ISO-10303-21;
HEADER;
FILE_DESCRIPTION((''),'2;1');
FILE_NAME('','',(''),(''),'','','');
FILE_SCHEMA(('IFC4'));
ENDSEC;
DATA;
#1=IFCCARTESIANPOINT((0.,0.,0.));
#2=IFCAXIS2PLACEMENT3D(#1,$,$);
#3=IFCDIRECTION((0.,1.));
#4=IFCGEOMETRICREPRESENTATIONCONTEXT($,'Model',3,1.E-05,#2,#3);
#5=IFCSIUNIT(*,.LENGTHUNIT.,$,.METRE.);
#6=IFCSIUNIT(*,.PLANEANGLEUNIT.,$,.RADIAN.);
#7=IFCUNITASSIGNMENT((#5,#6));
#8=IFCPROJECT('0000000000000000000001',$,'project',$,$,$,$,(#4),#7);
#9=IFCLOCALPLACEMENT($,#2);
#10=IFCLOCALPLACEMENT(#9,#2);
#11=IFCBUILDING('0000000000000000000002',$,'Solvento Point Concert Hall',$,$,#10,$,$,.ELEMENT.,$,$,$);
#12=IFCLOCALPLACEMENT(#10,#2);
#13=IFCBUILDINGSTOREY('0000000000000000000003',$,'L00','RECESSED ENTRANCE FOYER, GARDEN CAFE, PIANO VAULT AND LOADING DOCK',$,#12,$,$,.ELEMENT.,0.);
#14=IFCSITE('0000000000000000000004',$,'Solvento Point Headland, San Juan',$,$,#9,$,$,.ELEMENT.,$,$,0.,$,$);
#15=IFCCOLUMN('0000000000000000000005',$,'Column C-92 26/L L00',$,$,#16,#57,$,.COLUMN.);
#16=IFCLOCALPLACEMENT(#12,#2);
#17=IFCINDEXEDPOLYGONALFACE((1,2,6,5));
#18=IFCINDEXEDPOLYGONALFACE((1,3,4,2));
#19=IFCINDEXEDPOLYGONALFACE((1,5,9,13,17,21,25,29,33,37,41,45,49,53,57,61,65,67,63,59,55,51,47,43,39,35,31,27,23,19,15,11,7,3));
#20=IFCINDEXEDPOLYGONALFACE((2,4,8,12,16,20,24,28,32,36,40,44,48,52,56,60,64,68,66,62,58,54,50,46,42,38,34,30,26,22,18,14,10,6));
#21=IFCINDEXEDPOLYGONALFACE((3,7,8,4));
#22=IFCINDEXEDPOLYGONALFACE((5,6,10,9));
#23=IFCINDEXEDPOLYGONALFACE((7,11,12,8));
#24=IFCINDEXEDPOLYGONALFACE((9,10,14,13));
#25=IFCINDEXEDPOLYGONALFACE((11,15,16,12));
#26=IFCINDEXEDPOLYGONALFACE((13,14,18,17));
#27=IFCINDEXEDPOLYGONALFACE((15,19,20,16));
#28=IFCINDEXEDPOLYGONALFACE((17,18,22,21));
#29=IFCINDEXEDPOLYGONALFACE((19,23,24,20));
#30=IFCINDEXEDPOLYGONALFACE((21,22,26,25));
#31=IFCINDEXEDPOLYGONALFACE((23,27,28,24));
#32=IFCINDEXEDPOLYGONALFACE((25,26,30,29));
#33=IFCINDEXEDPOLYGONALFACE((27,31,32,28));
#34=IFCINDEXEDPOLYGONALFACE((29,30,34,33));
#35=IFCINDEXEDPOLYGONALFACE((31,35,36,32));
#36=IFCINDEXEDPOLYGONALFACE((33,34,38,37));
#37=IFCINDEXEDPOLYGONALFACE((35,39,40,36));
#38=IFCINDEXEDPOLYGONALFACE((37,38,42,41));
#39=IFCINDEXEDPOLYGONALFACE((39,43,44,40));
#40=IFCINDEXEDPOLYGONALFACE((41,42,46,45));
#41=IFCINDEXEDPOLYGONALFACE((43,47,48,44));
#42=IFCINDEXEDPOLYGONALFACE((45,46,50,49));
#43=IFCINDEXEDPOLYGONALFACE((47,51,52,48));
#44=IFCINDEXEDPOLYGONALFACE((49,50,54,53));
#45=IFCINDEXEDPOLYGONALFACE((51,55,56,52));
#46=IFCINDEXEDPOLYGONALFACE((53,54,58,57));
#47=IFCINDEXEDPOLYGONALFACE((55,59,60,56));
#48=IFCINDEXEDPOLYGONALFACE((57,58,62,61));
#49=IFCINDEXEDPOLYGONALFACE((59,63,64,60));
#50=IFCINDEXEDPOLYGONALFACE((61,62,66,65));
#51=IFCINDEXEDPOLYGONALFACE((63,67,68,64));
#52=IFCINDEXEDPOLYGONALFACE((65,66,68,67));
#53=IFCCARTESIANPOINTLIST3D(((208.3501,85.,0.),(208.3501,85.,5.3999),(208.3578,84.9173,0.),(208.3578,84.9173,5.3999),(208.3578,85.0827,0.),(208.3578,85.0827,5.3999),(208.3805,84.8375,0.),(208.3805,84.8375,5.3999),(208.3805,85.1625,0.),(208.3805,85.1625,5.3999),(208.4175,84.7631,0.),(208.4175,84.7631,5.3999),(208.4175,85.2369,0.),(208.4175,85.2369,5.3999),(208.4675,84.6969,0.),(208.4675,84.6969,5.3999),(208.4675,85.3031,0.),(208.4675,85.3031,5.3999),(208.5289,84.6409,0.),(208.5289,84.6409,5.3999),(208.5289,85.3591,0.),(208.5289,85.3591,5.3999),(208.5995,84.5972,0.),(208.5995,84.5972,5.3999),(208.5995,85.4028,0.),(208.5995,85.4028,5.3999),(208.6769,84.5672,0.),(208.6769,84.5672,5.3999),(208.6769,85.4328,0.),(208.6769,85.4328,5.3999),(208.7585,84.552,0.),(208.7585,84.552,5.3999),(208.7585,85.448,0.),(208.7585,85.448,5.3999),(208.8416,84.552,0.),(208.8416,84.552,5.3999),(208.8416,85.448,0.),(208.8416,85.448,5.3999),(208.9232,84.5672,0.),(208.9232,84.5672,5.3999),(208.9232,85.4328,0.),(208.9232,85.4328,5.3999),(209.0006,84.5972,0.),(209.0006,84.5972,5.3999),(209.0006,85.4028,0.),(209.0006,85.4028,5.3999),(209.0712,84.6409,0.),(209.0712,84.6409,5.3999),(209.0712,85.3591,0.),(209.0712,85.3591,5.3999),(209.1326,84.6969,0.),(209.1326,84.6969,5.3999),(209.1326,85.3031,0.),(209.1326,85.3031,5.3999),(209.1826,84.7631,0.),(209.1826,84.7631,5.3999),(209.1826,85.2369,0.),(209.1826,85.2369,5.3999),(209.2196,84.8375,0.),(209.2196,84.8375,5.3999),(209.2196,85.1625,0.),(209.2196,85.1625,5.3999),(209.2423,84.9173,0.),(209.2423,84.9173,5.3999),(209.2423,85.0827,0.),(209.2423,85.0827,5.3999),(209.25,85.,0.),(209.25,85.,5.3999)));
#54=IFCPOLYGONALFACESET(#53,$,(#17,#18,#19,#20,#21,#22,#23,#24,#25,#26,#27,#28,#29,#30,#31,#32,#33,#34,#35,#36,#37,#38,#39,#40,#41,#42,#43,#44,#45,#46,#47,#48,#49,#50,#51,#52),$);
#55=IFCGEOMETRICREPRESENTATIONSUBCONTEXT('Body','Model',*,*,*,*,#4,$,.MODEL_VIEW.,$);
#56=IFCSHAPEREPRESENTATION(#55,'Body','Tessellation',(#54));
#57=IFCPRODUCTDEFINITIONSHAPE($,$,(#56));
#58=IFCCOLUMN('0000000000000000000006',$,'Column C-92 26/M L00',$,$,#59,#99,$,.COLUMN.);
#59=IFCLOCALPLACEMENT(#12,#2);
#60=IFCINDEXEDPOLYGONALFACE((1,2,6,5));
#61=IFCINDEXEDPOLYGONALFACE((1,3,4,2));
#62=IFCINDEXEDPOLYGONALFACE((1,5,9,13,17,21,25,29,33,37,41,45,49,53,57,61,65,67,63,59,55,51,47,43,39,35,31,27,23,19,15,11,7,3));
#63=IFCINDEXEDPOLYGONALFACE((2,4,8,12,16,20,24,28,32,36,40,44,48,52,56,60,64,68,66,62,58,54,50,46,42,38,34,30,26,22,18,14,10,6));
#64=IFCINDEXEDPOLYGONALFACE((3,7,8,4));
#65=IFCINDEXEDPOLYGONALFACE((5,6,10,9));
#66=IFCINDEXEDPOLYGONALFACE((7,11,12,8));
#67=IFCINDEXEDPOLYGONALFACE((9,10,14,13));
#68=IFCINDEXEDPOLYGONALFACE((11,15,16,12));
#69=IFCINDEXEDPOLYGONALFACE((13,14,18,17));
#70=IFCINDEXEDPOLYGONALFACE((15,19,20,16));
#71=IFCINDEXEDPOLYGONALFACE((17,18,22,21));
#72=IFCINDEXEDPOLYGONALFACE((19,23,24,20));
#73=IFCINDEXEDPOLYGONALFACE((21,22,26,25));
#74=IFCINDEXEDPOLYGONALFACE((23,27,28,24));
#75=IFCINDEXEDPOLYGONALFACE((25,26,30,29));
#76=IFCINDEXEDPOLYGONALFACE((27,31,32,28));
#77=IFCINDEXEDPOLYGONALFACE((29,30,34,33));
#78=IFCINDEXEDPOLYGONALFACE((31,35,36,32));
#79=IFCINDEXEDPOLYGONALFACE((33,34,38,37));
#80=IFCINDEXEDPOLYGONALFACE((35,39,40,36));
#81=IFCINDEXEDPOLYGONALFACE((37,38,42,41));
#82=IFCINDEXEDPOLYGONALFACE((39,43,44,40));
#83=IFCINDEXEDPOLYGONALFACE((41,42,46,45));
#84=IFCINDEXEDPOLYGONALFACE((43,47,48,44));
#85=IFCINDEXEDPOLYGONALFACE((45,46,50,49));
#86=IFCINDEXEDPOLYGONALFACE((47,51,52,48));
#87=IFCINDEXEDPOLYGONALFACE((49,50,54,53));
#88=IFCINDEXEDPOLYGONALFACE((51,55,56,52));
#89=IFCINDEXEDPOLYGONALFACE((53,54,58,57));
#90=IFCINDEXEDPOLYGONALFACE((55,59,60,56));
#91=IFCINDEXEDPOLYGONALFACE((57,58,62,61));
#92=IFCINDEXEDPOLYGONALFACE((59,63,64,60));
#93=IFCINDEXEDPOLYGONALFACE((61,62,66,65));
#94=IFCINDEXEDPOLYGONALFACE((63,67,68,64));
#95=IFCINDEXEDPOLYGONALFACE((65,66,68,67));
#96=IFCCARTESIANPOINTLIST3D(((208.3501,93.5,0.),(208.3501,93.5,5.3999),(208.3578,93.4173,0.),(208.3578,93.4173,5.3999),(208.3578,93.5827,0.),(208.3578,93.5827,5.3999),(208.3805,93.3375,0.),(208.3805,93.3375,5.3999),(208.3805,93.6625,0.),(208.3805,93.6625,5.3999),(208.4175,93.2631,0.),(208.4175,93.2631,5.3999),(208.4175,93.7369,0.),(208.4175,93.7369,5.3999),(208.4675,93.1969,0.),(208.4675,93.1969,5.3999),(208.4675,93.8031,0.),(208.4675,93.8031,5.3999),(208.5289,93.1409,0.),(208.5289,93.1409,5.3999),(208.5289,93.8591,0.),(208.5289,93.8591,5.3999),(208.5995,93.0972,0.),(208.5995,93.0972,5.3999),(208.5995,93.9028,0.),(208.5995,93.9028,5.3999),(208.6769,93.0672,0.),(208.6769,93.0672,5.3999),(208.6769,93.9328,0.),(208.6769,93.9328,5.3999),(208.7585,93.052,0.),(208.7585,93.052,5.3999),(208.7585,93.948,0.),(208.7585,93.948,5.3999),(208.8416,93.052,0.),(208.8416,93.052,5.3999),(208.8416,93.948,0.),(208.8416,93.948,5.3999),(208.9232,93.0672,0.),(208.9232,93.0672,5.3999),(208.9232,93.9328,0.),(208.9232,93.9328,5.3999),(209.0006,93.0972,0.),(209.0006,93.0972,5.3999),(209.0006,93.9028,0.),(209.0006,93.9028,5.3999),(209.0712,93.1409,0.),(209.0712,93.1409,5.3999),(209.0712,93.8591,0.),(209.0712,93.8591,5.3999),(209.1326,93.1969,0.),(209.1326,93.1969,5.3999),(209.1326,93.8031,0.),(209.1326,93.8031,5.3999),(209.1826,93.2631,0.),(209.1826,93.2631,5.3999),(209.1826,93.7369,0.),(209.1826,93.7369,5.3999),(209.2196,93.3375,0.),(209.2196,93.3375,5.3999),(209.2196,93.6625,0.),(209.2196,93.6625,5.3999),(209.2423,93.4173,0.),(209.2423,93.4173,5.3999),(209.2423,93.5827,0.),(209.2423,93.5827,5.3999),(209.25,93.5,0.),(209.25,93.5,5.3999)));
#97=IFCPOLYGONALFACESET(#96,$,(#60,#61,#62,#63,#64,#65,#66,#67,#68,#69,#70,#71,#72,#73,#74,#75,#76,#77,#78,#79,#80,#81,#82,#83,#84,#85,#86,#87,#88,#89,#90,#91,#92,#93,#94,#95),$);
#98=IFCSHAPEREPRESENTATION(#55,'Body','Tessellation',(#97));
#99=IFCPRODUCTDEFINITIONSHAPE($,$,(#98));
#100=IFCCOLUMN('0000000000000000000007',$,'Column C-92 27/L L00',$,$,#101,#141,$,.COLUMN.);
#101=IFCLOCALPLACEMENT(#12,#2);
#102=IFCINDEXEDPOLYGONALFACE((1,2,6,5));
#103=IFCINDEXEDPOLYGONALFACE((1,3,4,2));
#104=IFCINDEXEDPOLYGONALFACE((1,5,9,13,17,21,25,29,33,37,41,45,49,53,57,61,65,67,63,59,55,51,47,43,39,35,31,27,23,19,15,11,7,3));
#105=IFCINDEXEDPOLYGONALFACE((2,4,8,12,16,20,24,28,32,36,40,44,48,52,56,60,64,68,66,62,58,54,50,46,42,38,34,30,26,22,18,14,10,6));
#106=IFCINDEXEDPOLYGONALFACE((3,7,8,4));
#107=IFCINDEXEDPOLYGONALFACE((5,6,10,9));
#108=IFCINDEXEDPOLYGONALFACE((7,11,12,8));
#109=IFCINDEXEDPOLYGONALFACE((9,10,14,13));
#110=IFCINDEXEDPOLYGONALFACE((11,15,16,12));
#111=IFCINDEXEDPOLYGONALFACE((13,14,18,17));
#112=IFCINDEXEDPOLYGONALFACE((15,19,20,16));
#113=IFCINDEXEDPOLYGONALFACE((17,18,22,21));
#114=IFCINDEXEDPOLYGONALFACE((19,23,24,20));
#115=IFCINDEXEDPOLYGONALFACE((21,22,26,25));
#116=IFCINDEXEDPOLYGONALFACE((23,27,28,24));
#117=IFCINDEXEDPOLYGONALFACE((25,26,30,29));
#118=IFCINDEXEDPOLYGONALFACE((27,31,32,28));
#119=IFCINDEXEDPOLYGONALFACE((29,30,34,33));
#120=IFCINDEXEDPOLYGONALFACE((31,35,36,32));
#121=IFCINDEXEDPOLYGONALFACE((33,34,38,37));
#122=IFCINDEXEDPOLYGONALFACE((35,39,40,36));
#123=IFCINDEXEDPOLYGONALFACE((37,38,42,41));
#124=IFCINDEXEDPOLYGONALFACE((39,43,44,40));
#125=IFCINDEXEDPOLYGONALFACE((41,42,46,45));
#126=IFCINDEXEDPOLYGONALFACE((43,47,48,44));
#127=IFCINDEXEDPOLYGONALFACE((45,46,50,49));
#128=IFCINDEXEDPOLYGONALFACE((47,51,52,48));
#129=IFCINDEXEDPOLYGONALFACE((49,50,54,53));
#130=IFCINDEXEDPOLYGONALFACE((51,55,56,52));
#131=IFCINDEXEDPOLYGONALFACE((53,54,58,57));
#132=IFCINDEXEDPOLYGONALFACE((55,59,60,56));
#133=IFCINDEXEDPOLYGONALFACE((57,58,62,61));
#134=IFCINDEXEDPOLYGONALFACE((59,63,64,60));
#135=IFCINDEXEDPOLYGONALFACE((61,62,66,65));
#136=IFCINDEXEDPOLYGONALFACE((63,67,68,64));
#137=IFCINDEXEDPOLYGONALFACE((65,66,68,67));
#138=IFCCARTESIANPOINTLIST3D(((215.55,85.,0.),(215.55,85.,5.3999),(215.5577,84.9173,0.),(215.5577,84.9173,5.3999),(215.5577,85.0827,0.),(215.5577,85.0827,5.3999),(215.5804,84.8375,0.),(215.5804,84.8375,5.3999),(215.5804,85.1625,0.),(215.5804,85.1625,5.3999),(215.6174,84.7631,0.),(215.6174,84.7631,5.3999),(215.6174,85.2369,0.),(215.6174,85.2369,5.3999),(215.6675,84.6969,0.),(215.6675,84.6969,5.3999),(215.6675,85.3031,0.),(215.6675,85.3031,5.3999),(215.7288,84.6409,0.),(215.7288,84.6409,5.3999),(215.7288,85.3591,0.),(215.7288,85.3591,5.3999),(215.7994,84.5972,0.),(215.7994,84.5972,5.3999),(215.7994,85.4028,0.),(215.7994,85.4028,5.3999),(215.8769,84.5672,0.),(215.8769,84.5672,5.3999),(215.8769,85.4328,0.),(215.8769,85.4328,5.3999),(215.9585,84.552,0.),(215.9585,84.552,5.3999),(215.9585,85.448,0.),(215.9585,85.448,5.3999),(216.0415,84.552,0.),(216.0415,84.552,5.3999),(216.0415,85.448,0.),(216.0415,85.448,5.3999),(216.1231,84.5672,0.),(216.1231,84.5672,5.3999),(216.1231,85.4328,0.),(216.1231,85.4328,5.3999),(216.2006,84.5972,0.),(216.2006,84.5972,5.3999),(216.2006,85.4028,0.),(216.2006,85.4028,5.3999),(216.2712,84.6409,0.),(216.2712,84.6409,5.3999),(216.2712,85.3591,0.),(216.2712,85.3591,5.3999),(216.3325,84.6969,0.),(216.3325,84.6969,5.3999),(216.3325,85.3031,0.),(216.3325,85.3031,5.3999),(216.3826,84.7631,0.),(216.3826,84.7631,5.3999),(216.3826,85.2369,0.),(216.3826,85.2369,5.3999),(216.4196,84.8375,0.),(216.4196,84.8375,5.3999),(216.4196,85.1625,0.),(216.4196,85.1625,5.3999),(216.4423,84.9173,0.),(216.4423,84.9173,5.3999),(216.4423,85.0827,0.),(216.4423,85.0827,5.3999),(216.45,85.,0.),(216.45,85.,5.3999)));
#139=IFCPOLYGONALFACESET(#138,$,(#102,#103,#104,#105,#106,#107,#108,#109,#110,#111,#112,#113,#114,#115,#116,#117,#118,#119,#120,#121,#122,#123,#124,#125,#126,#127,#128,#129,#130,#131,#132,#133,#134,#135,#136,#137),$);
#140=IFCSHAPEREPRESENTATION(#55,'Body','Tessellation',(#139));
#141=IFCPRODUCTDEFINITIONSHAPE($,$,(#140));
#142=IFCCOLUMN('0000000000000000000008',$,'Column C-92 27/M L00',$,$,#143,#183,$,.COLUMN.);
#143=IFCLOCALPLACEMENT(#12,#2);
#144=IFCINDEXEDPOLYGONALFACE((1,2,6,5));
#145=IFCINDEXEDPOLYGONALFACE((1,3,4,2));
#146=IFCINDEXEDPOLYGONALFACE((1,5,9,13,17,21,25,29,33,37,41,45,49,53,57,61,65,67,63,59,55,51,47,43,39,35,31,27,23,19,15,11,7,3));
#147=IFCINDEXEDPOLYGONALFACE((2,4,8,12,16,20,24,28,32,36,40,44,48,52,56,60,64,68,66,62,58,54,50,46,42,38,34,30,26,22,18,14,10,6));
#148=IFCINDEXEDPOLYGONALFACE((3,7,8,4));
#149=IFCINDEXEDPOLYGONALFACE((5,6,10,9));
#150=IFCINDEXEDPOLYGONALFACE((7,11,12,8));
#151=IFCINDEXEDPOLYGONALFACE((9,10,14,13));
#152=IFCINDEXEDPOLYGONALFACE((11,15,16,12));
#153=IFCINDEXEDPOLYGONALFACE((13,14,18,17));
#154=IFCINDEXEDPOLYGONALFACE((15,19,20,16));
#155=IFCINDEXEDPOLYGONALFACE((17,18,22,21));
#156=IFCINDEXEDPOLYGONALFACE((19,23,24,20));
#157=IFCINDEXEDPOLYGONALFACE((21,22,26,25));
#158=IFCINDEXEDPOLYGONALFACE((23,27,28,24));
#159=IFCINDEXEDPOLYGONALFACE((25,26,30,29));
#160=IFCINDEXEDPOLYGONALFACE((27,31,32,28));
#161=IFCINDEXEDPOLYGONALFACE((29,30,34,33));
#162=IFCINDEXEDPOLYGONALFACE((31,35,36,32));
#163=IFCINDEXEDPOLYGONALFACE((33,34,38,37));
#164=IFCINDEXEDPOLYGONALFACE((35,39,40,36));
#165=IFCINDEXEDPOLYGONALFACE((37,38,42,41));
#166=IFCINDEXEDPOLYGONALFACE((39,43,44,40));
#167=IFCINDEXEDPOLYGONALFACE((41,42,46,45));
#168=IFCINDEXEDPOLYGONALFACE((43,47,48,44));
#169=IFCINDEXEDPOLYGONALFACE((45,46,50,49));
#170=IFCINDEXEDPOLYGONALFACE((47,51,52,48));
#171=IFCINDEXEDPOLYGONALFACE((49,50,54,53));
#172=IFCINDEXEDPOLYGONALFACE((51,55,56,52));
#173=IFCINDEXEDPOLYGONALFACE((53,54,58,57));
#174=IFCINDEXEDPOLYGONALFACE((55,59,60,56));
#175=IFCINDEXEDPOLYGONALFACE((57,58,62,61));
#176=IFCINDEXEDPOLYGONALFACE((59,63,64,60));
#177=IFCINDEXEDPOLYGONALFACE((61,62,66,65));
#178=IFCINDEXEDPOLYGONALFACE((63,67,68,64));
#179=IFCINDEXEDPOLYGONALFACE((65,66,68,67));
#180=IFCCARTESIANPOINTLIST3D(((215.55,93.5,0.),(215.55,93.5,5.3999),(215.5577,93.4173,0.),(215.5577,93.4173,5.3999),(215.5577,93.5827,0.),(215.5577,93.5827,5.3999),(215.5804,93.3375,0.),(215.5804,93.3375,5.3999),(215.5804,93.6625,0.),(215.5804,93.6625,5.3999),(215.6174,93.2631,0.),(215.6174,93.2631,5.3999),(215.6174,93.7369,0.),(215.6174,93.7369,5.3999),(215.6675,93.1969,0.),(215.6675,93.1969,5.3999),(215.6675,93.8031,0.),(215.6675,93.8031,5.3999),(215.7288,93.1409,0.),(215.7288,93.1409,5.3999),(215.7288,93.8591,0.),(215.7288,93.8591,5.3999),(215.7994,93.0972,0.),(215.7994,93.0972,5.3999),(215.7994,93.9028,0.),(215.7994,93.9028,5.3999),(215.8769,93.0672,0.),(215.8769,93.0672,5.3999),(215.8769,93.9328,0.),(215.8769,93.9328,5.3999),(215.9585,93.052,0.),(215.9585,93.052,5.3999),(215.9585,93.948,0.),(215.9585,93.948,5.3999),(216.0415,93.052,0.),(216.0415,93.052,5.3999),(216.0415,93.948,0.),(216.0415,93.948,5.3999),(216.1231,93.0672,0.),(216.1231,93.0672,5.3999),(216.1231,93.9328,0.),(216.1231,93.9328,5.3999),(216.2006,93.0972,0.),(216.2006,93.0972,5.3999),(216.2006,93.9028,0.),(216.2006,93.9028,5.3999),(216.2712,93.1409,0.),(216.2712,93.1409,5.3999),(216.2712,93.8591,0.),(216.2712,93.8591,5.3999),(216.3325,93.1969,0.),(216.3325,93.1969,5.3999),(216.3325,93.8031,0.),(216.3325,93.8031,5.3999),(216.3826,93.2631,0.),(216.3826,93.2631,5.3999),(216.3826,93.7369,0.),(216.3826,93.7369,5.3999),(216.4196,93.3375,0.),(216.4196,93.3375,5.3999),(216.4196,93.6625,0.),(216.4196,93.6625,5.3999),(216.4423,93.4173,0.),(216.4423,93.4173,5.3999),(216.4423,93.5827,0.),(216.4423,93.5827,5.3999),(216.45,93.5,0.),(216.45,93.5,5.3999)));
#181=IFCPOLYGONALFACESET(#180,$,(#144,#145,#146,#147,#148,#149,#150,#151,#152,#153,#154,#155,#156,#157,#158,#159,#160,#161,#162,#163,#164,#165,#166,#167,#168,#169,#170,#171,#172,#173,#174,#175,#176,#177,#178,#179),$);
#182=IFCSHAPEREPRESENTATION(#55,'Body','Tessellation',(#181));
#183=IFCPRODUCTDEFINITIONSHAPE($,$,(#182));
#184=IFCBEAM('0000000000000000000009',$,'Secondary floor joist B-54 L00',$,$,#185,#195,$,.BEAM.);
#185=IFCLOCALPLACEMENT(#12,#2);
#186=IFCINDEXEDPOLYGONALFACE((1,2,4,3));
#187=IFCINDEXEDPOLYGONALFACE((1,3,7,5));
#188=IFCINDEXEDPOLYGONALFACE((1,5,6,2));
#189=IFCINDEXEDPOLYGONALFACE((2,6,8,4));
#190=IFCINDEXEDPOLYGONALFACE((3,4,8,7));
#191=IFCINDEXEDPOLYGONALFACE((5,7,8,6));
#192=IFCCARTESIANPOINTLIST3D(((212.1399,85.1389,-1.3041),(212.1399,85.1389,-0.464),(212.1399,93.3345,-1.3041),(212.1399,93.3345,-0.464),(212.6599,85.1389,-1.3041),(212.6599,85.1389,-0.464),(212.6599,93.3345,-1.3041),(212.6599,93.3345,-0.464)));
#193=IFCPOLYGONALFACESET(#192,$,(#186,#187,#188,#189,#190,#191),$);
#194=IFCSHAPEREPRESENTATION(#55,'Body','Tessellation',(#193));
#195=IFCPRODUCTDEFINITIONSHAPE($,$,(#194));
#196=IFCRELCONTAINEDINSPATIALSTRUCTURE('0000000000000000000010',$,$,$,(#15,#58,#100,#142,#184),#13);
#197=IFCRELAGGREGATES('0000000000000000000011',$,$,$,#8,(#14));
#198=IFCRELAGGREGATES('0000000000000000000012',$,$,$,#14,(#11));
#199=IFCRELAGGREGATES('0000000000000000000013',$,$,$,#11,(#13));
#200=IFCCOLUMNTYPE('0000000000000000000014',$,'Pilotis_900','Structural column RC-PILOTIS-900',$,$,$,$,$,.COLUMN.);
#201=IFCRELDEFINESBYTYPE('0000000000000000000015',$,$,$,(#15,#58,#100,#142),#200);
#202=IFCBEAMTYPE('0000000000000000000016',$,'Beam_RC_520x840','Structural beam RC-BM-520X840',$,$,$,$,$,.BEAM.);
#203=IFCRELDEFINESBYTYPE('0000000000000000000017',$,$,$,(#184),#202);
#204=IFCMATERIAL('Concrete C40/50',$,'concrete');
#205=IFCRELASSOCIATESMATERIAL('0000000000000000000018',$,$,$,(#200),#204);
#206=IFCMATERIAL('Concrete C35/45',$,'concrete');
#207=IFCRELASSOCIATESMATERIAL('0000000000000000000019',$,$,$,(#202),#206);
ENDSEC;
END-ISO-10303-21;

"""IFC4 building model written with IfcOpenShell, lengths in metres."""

from ifc_helpers import new_model, si_unit, direction, frame, origin, origin_2d, place, context, subcontext, project, spatial, rectangle, circle, extrude, material, material_profile, profile_set, type_object, element, save


model = new_model("IFC4")

# Units and contexts
model_context = context("Model", 3, precision=1e-05, world=origin(), true_north=direction((0.0, 1.0)))
body_context = subcontext(model_context, "Body", "Model", "MODEL_VIEW")
ifc_project = project(units=[si_unit("LENGTHUNIT", "METRE"), si_unit("PLANEANGLEUNIT", "RADIAN")], contexts=[model_context])

# Site, building, storey
site_placement = place(None, origin())
site = spatial("IfcSite", under=ifc_project, at=site_placement, Name="Solvento Point Headland, San Juan", CompositionType="ELEMENT", RefElevation=0.0)
building_placement = place(site_placement, origin())
building = spatial("IfcBuilding", under=site, at=building_placement, Name="Solvento Point Concert Hall", CompositionType="ELEMENT")
storey_placement = place(building_placement, origin())
storey = spatial("IfcBuildingStorey", under=building, at=storey_placement, Name="L00", Description="RECESSED ENTRANCE FOYER, GARDEN CAFE, PIANO VAULT AND LOADING DOCK", CompositionType="ELEMENT", Elevation=0.0)

# Columns
ifc_material_1 = material(Name="Concrete C40/50", Category="concrete")
ifc_material_profile_1 = material_profile(ifc_material_1, circle(Radius=0.45, at=origin_2d()), Name="RC-PILOTIS-900")
ifc_profile_set_1 = profile_set([ifc_material_profile_1], Name="Concrete C40/50")
column_type = type_object("IfcColumnType", Name="Pilotis_900", Description="Structural column RC-PILOTIS-900", PredefinedType="COLUMN", material=ifc_profile_set_1)
for number, where, z_axis, x_axis, name in (
    (1, (208.8, 85.0, 0.0), (0.0, 0.0, 1.0), (1.0, 0.0, 0.0), "Column C-92 26/L L00"),
    (2, (208.8, 93.5, 0.0), (0.0, 0.0, 1.0), (1.0, 0.0, 0.0), "Column C-92 26/M L00"),
    (3, (216.0, 85.0, 0.0), (0.0, 0.0, 1.0), (1.0, 0.0, 0.0), "Column C-92 27/L L00"),
    (4, (216.0, 93.5, 0.0), (0.0, 0.0, 1.0), (1.0, 0.0, 0.0), "Column C-92 27/M L00"),
):
    element("IfcColumn", number, at=place(storey_placement, frame(where, z_axis=z_axis, x_axis=x_axis)), inside=storey, type_object=column_type, Name=name, PredefinedType="COLUMN", context=body_context, shape_type="SweptSolid", body=[
        extrude(circle(Radius=0.45, at=origin_2d()), origin(), (0.0, 0.0, 1.0), 5.3999),
    ])

# Beam
ifc_material_2 = material(Name="Concrete C35/45", Category="concrete")
ifc_material_profile_2 = material_profile(ifc_material_2, rectangle(XDim=0.52, YDim=0.8401, at=origin_2d()), Name="RC-BM-520X840")
ifc_profile_set_2 = profile_set([ifc_material_profile_2], Name="Concrete C35/45")
beam_type_1 = type_object("IfcBeamType", Name="Beam_RC_520x840", Description="Structural beam RC-BM-520X840", PredefinedType="BEAM", material=ifc_profile_set_2)
beam_1_placement = place(storey_placement, frame((212.3999, 85.1389, -0.884), z_axis=(0.0, 1.0, 0.0), x_axis=(-1.0, 0.0, 0.0)))
element("IfcBeam", 5, at=beam_1_placement, inside=storey, type_object=beam_type_1, Name="Secondary floor joist B-54 L00", PredefinedType="BEAM", context=body_context, shape_type="SweptSolid", body=[
    extrude(rectangle(XDim=0.52, YDim=0.8401, at=origin_2d()), origin(), (0.0, 0.0, 1.0), 8.1956),
])

save(model, "model.ifc")
